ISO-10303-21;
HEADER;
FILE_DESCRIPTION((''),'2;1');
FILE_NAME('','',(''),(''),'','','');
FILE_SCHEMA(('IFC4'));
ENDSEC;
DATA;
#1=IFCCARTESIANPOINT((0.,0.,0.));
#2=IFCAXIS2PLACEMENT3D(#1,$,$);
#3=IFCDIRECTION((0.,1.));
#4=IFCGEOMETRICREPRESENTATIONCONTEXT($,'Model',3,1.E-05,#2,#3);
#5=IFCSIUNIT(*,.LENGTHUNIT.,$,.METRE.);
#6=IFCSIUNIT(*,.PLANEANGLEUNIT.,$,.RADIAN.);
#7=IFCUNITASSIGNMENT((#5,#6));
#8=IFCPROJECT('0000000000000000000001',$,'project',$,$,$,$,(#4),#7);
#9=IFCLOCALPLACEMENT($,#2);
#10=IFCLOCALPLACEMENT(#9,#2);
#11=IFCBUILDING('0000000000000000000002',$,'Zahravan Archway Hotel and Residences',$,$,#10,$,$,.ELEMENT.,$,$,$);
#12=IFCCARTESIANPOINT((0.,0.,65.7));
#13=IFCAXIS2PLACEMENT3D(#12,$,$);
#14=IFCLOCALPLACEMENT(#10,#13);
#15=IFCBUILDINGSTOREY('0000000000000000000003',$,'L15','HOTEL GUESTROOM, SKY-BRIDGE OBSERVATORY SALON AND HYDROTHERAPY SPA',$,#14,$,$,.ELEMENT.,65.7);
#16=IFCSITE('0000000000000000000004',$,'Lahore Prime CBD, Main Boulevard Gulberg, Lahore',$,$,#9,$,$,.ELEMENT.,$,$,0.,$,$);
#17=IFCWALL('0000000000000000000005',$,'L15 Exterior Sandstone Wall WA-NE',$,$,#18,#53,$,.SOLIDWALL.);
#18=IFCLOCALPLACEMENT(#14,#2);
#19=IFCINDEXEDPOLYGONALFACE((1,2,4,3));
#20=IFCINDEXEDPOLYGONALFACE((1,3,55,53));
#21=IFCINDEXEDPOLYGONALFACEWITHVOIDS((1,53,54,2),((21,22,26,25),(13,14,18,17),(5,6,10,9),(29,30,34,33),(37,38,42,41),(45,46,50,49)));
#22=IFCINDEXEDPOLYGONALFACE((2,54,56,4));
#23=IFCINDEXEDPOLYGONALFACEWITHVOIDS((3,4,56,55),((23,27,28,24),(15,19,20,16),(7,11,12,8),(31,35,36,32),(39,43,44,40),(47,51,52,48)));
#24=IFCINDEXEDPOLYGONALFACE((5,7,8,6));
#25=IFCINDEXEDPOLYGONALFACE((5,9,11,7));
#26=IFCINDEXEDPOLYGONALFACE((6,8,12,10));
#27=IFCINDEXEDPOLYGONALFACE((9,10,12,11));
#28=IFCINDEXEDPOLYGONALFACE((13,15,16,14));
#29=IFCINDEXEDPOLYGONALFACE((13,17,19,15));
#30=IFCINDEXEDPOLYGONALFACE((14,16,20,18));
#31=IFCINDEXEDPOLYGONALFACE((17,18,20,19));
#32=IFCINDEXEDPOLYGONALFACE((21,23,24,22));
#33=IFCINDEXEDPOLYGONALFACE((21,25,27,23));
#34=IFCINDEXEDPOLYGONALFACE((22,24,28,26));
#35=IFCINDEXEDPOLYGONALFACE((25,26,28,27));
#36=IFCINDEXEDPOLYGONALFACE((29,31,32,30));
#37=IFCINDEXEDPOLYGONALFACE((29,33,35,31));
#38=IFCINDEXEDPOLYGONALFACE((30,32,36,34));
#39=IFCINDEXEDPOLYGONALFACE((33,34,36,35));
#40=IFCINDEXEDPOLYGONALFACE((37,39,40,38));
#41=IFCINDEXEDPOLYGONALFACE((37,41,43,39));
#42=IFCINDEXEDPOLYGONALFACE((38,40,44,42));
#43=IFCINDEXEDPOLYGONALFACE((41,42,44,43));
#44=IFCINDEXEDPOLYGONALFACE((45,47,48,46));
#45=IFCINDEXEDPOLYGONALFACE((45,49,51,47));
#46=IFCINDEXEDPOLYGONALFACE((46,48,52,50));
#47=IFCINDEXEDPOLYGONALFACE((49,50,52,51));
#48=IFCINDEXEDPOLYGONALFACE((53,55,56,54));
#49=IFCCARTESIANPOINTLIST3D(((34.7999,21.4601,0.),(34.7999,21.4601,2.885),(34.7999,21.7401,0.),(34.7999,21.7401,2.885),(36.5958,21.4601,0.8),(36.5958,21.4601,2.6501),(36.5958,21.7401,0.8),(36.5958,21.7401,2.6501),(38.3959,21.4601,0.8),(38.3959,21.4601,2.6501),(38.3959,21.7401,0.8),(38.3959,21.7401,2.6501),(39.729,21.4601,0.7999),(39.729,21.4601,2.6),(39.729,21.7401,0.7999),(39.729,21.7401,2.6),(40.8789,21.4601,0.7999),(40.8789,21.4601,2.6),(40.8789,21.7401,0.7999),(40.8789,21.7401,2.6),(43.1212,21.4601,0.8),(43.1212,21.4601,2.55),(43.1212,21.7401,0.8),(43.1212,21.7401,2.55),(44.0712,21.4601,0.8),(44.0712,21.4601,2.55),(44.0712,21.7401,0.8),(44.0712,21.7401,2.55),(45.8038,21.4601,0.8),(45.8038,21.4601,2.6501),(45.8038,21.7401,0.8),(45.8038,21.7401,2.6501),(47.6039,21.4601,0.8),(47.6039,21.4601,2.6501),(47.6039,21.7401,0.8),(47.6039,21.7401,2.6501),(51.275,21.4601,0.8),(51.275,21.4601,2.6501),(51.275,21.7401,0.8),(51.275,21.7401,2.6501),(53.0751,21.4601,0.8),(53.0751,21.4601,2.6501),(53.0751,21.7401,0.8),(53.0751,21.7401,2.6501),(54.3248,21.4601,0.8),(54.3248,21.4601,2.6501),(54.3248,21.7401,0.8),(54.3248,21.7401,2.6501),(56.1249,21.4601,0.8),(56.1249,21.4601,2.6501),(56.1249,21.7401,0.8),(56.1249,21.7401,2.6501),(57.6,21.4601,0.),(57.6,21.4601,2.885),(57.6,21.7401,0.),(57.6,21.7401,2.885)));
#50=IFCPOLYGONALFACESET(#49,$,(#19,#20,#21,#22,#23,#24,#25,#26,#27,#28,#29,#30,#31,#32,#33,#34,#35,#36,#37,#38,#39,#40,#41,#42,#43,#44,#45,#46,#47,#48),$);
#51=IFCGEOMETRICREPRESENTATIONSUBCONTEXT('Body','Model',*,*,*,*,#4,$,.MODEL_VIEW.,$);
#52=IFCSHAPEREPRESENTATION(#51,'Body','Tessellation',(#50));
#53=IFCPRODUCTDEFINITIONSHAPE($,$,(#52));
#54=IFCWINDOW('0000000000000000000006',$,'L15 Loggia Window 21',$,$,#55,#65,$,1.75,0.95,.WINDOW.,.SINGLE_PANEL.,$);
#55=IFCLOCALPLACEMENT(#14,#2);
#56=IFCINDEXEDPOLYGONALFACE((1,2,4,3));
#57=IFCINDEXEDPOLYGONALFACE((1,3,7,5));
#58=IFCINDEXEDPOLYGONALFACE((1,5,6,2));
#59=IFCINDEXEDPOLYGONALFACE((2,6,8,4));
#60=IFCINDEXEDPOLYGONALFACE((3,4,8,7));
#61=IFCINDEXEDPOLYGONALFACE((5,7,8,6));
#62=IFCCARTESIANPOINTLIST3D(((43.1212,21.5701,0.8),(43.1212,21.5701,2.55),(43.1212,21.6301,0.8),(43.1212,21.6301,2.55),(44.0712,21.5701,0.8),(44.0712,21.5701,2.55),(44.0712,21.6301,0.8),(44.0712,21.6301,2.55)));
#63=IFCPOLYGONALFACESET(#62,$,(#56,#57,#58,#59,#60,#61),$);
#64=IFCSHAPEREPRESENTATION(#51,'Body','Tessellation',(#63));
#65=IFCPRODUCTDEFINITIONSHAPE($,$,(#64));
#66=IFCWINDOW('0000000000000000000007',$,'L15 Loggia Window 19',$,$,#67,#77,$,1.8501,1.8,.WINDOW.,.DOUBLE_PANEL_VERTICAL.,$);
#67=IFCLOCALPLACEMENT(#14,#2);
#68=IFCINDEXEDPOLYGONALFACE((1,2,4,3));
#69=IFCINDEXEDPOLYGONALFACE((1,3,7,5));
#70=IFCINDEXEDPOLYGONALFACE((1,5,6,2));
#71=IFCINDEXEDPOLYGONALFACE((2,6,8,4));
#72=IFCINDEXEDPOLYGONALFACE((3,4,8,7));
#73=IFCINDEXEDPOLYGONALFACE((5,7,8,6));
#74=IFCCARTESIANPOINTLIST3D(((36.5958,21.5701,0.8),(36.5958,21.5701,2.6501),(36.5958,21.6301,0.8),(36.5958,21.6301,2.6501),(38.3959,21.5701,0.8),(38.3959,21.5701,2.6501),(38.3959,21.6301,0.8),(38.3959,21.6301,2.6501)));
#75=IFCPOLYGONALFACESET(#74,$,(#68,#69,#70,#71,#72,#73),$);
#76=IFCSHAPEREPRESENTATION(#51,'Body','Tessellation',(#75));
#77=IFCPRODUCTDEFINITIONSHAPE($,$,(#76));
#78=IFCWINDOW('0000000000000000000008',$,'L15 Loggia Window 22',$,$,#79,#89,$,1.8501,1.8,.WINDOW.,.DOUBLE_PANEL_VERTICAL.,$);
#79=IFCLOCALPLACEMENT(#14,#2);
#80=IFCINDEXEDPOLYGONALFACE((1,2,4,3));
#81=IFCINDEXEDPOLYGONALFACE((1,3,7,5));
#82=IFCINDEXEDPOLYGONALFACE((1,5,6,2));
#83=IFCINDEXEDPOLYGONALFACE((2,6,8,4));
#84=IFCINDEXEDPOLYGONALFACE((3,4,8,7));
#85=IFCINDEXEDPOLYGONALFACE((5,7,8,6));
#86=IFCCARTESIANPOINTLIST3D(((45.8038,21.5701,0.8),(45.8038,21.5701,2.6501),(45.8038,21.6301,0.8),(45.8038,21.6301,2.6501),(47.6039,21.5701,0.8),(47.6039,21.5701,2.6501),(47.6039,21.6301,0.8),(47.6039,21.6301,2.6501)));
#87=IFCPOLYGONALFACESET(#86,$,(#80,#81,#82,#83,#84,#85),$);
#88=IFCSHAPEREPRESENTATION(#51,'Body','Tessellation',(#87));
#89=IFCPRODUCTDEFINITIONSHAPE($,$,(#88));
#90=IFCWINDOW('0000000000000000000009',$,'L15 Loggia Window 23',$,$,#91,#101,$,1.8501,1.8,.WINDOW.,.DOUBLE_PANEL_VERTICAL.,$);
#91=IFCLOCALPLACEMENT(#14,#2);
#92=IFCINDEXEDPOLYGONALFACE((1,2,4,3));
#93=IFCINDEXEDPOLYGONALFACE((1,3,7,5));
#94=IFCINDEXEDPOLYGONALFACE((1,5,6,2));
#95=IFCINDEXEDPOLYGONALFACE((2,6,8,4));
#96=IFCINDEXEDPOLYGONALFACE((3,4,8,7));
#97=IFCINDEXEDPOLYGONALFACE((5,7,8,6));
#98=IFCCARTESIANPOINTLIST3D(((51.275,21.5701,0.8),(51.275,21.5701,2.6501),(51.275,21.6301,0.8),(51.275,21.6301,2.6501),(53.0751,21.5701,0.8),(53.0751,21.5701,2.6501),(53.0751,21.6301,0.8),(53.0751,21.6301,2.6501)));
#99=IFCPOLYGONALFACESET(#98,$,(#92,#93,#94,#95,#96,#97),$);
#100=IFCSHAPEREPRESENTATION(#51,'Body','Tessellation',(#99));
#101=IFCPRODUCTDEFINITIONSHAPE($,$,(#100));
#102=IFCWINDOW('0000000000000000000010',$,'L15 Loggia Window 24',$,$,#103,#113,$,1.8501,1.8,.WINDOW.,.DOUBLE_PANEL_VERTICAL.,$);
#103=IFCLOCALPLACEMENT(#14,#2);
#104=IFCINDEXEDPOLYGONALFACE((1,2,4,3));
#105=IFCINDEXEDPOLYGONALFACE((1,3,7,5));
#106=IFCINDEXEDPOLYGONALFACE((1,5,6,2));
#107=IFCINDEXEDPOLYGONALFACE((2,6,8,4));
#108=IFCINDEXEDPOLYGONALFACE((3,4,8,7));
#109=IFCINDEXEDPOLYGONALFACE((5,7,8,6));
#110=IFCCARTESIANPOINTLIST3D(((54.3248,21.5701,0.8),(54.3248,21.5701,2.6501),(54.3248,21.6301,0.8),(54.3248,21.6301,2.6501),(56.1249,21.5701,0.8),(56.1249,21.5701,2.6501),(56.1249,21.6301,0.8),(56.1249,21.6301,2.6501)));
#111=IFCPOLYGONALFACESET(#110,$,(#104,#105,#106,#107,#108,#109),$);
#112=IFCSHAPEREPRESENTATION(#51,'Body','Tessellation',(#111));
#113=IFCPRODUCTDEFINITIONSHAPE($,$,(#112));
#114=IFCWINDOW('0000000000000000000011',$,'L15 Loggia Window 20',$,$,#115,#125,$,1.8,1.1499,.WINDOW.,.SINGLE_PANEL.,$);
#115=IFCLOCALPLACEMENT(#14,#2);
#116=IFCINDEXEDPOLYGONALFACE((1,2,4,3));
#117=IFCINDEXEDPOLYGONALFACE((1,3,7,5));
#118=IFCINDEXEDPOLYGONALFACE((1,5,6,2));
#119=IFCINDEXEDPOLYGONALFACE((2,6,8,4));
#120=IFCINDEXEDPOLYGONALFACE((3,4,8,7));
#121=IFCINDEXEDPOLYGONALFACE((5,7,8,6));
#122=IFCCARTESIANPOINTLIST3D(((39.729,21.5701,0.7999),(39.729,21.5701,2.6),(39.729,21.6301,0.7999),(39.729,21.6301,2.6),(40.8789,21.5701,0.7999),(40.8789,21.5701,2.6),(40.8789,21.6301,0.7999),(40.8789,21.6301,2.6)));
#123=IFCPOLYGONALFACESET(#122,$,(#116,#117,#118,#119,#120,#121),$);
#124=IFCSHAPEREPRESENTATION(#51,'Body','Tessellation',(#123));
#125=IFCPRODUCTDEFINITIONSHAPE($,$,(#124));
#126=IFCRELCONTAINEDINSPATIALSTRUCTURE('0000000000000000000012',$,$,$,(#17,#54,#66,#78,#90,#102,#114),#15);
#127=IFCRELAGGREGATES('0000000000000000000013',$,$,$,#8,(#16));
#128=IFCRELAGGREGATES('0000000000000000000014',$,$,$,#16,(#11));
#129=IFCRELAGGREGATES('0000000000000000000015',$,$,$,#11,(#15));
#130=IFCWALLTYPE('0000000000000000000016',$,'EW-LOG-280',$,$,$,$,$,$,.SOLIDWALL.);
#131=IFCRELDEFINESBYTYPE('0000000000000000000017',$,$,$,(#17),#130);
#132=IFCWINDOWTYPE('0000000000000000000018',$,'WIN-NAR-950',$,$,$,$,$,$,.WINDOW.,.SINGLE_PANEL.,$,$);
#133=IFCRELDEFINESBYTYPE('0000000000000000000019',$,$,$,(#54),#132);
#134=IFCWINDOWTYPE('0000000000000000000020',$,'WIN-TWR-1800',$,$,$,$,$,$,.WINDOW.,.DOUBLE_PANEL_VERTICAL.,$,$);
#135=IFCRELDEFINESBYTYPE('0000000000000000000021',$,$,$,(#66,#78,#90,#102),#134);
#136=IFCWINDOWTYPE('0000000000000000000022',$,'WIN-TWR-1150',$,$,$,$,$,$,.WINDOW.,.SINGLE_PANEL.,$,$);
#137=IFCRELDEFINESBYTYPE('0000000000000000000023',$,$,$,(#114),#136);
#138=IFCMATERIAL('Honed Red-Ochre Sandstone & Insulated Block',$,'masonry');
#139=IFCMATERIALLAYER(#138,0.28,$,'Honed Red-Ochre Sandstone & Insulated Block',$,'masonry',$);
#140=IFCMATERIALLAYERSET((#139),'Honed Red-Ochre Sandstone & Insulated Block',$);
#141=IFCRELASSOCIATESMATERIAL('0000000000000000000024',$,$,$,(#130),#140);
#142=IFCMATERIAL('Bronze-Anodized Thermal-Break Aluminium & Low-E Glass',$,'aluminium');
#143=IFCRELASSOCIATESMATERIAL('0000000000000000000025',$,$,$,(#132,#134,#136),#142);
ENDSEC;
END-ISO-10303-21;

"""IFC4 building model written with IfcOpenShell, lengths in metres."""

from ifc_helpers import new_model, si_unit, direction, frame, frame_2d, origin, place, context, subcontext, project, spatial, rectangle, extrude, source, transform, mapped, material, layer, layer_set, type_object, type_shapes, element, fill, save


model = new_model("IFC4")

# Units and contexts
model_context = context("Model", 3, precision=1e-05, world=origin(), true_north=direction((0.0, 1.0)))
body_context = subcontext(model_context, "Body", "Model", "MODEL_VIEW")
ifc_project = project(units=[si_unit("LENGTHUNIT", "METRE"), si_unit("PLANEANGLEUNIT", "RADIAN")], contexts=[model_context])

# Site, building, storey
site_placement = place(None, origin())
site = spatial("IfcSite", under=ifc_project, at=site_placement, Name="Lahore Prime CBD, Main Boulevard Gulberg, Lahore", CompositionType="ELEMENT", RefElevation=0.0)
building_placement = place(site_placement, origin())
building = spatial("IfcBuilding", under=site, at=building_placement, Name="Zahravan Archway Hotel and Residences", CompositionType="ELEMENT")
storey_placement = place(building_placement, frame((0.0, 0.0, 65.7)))
storey = spatial("IfcBuildingStorey", under=building, at=storey_placement, Name="L15", Description="HOTEL GUESTROOM, SKY-BRIDGE OBSERVATORY SALON AND HYDROTHERAPY SPA", CompositionType="ELEMENT", Elevation=65.7)

# Wall, openings, windows
ifc_material_1 = material(Name="Honed Red-Ochre Sandstone & Insulated Block", Category="masonry")
ifc_layer_1 = layer(ifc_material_1, 0.28, Name="Honed Red-Ochre Sandstone & Insulated Block", Category="masonry")
ifc_layer_set_1 = layer_set([ifc_layer_1], Name="Honed Red-Ochre Sandstone & Insulated Block")
wall_type = type_object("IfcWallType", Name="EW-LOG-280", PredefinedType="SOLIDWALL", material=ifc_layer_set_1)
wall_placement = place(storey_placement, frame((34.8, 21.6001, 0.0), z_axis=(0.0, 0.0, 1.0), x_axis=(1.0, 0.0, 0.0)))
wall = element("IfcWall", 1, at=wall_placement, inside=storey, type_object=wall_type, Name="L15 Exterior Sandstone Wall WA-NE", PredefinedType="SOLIDWALL", context=body_context, shape_type="SweptSolid", body=[
    extrude(rectangle(XDim=22.8, YDim=0.28, at=frame_2d((11.3999, 0.0))), origin(), (0.0, 0.0, 1.0), 2.885),
])
opening_1_placement = place(wall_placement, frame((1.7959, 0.0, 0.8)))
opening_1 = element("IfcOpeningElement", 2, at=opening_1_placement, cuts=wall, PredefinedType="OPENING", context=body_context, shape_type="SweptSolid", body=[
    extrude(rectangle(XDim=1.8, YDim=1.8501, at=frame_2d((0.8999, 0.925))), frame((0.0, 0.1499, 0.0), z_axis=(0.0, -1.0, 0.0), x_axis=(1.0, 0.0, 0.0)), (0.0, 0.0, 1.0), 0.3),
])
opening_2_placement = place(wall_placement, frame((4.929, 0.0, 0.8)))
opening_2 = element("IfcOpeningElement", 3, at=opening_2_placement, cuts=wall, PredefinedType="OPENING", context=body_context, shape_type="SweptSolid", body=[
    extrude(rectangle(XDim=1.1499, YDim=1.8, at=frame_2d((0.575, 0.8999))), frame((0.0, 0.1499, 0.0), z_axis=(0.0, -1.0, 0.0), x_axis=(1.0, 0.0, 0.0)), (0.0, 0.0, 1.0), 0.3),
])
opening_3_placement = place(wall_placement, frame((8.321, 0.0, 0.8)))
opening_3 = element("IfcOpeningElement", 4, at=opening_3_placement, cuts=wall, PredefinedType="OPENING", context=body_context, shape_type="SweptSolid", body=[
    extrude(rectangle(XDim=0.95, YDim=1.75, at=frame_2d((0.4751, 0.875))), frame((0.0, 0.1499, 0.0), z_axis=(0.0, -1.0, 0.0), x_axis=(1.0, 0.0, 0.0)), (0.0, 0.0, 1.0), 0.3),
])
opening_4_placement = place(wall_placement, frame((11.0039, 0.0, 0.8)))
opening_4 = element("IfcOpeningElement", 5, at=opening_4_placement, cuts=wall, PredefinedType="OPENING", context=body_context, shape_type="SweptSolid", body=[
    extrude(rectangle(XDim=1.8, YDim=1.8501, at=frame_2d((0.8999, 0.925))), frame((0.0, 0.1499, 0.0), z_axis=(0.0, -1.0, 0.0), x_axis=(1.0, 0.0, 0.0)), (0.0, 0.0, 1.0), 0.3),
])
opening_5_placement = place(wall_placement, frame((16.4751, 0.0, 0.8)))
opening_5 = element("IfcOpeningElement", 6, at=opening_5_placement, cuts=wall, PredefinedType="OPENING", context=body_context, shape_type="SweptSolid", body=[
    extrude(rectangle(XDim=1.8, YDim=1.8501, at=frame_2d((0.8999, 0.925))), frame((0.0, 0.1499, 0.0), z_axis=(0.0, -1.0, 0.0), x_axis=(1.0, 0.0, 0.0)), (0.0, 0.0, 1.0), 0.3),
])
opening_6_placement = place(wall_placement, frame((19.5249, 0.0, 0.8)))
opening_6 = element("IfcOpeningElement", 7, at=opening_6_placement, cuts=wall, PredefinedType="OPENING", context=body_context, shape_type="SweptSolid", body=[
    extrude(rectangle(XDim=1.8, YDim=1.8501, at=frame_2d((0.8999, 0.925))), frame((0.0, 0.1499, 0.0), z_axis=(0.0, -1.0, 0.0), x_axis=(1.0, 0.0, 0.0)), (0.0, 0.0, 1.0), 0.3),
])
ifc_material_2 = material(Name="Bronze-Anodized Thermal-Break Aluminium & Low-E Glass", Category="aluminium")
window_type_1 = type_object("IfcWindowType", Name="WIN-NAR-950", PartitioningType="SINGLE_PANEL", PredefinedType="WINDOW", material=ifc_material_2)
shared_shape_1 = source(origin(), body_context, "Body", "SweptSolid", [
    extrude(rectangle(XDim=0.95, YDim=1.75, at=frame_2d((0.4751, 0.875))), frame((0.0, 0.03, 0.0), z_axis=(0.0, -1.0, 0.0), x_axis=(1.0, 0.0, 0.0)), (0.0, 0.0, 1.0), 0.0601),
])
type_shapes(window_type_1, [shared_shape_1])
window_1_placement = place(opening_3_placement, origin())
window_1 = element("IfcWindow", 8, at=window_1_placement, inside=storey, type_object=window_type_1, Name="L15 Loggia Window 21", OverallHeight=1.75, OverallWidth=0.95, PartitioningType="SINGLE_PANEL", PredefinedType="WINDOW", context=body_context, shape_type="MappedRepresentation", body=[
    mapped(shared_shape_1, transform((0.0, 0.0, 0.0), scale=1.0)),
])
fill(opening_3, window_1)
window_type_2 = type_object("IfcWindowType", Name="WIN-TWR-1800", PartitioningType="DOUBLE_PANEL_VERTICAL", PredefinedType="WINDOW", material=ifc_material_2)
shared_shape_2 = source(origin(), body_context, "Body", "SweptSolid", [
    extrude(rectangle(XDim=1.8, YDim=1.8501, at=frame_2d((0.8999, 0.925))), frame((0.0, 0.03, 0.0), z_axis=(0.0, -1.0, 0.0), x_axis=(1.0, 0.0, 0.0)), (0.0, 0.0, 1.0), 0.0601),
])
type_shapes(window_type_2, [shared_shape_2])
window_2_placement = place(opening_1_placement, origin())
window_2 = element("IfcWindow", 9, at=window_2_placement, inside=storey, type_object=window_type_2, Name="L15 Loggia Window 19", OverallHeight=1.8501, OverallWidth=1.8, PartitioningType="DOUBLE_PANEL_VERTICAL", PredefinedType="WINDOW", context=body_context, shape_type="MappedRepresentation", body=[
    mapped(shared_shape_2, transform((0.0, 0.0, 0.0), scale=1.0)),
])
fill(opening_1, window_2)
window_3_placement = place(opening_4_placement, origin())
window_3 = element("IfcWindow", 10, at=window_3_placement, inside=storey, type_object=window_type_2, Name="L15 Loggia Window 22", OverallHeight=1.8501, OverallWidth=1.8, PartitioningType="DOUBLE_PANEL_VERTICAL", PredefinedType="WINDOW", context=body_context, shape_type="MappedRepresentation", body=[
    mapped(shared_shape_2, transform((0.0, 0.0, 0.0), scale=1.0)),
])
fill(opening_4, window_3)
window_4_placement = place(opening_5_placement, origin())
window_4 = element("IfcWindow", 11, at=window_4_placement, inside=storey, type_object=window_type_2, Name="L15 Loggia Window 23", OverallHeight=1.8501, OverallWidth=1.8, PartitioningType="DOUBLE_PANEL_VERTICAL", PredefinedType="WINDOW", context=body_context, shape_type="MappedRepresentation", body=[
    mapped(shared_shape_2, transform((0.0, 0.0, 0.0), scale=1.0)),
])
fill(opening_5, window_4)
window_5_placement = place(opening_6_placement, origin())
window_5 = element("IfcWindow", 12, at=window_5_placement, inside=storey, type_object=window_type_2, Name="L15 Loggia Window 24", OverallHeight=1.8501, OverallWidth=1.8, PartitioningType="DOUBLE_PANEL_VERTICAL", PredefinedType="WINDOW", context=body_context, shape_type="MappedRepresentation", body=[
    mapped(shared_shape_2, transform((0.0, 0.0, 0.0), scale=1.0)),
])
fill(opening_6, window_5)
window_type_3 = type_object("IfcWindowType", Name="WIN-TWR-1150", PartitioningType="SINGLE_PANEL", PredefinedType="WINDOW", material=ifc_material_2)
shared_shape_3 = source(origin(), body_context, "Body", "SweptSolid", [
    extrude(rectangle(XDim=1.1499, YDim=1.8, at=frame_2d((0.575, 0.8999))), frame((0.0, 0.03, 0.0), z_axis=(0.0, -1.0, 0.0), x_axis=(1.0, 0.0, 0.0)), (0.0, 0.0, 1.0), 0.0601),
])
type_shapes(window_type_3, [shared_shape_3])
window_6_placement = place(opening_2_placement, origin())
window_6 = element("IfcWindow", 13, at=window_6_placement, inside=storey, type_object=window_type_3, Name="L15 Loggia Window 20", OverallHeight=1.8, OverallWidth=1.1499, PartitioningType="SINGLE_PANEL", PredefinedType="WINDOW", context=body_context, shape_type="MappedRepresentation", body=[
    mapped(shared_shape_3, transform((0.0, 0.0, 0.0), scale=1.0)),
])
fill(opening_2, window_6)

save(model, "model.ifc")
